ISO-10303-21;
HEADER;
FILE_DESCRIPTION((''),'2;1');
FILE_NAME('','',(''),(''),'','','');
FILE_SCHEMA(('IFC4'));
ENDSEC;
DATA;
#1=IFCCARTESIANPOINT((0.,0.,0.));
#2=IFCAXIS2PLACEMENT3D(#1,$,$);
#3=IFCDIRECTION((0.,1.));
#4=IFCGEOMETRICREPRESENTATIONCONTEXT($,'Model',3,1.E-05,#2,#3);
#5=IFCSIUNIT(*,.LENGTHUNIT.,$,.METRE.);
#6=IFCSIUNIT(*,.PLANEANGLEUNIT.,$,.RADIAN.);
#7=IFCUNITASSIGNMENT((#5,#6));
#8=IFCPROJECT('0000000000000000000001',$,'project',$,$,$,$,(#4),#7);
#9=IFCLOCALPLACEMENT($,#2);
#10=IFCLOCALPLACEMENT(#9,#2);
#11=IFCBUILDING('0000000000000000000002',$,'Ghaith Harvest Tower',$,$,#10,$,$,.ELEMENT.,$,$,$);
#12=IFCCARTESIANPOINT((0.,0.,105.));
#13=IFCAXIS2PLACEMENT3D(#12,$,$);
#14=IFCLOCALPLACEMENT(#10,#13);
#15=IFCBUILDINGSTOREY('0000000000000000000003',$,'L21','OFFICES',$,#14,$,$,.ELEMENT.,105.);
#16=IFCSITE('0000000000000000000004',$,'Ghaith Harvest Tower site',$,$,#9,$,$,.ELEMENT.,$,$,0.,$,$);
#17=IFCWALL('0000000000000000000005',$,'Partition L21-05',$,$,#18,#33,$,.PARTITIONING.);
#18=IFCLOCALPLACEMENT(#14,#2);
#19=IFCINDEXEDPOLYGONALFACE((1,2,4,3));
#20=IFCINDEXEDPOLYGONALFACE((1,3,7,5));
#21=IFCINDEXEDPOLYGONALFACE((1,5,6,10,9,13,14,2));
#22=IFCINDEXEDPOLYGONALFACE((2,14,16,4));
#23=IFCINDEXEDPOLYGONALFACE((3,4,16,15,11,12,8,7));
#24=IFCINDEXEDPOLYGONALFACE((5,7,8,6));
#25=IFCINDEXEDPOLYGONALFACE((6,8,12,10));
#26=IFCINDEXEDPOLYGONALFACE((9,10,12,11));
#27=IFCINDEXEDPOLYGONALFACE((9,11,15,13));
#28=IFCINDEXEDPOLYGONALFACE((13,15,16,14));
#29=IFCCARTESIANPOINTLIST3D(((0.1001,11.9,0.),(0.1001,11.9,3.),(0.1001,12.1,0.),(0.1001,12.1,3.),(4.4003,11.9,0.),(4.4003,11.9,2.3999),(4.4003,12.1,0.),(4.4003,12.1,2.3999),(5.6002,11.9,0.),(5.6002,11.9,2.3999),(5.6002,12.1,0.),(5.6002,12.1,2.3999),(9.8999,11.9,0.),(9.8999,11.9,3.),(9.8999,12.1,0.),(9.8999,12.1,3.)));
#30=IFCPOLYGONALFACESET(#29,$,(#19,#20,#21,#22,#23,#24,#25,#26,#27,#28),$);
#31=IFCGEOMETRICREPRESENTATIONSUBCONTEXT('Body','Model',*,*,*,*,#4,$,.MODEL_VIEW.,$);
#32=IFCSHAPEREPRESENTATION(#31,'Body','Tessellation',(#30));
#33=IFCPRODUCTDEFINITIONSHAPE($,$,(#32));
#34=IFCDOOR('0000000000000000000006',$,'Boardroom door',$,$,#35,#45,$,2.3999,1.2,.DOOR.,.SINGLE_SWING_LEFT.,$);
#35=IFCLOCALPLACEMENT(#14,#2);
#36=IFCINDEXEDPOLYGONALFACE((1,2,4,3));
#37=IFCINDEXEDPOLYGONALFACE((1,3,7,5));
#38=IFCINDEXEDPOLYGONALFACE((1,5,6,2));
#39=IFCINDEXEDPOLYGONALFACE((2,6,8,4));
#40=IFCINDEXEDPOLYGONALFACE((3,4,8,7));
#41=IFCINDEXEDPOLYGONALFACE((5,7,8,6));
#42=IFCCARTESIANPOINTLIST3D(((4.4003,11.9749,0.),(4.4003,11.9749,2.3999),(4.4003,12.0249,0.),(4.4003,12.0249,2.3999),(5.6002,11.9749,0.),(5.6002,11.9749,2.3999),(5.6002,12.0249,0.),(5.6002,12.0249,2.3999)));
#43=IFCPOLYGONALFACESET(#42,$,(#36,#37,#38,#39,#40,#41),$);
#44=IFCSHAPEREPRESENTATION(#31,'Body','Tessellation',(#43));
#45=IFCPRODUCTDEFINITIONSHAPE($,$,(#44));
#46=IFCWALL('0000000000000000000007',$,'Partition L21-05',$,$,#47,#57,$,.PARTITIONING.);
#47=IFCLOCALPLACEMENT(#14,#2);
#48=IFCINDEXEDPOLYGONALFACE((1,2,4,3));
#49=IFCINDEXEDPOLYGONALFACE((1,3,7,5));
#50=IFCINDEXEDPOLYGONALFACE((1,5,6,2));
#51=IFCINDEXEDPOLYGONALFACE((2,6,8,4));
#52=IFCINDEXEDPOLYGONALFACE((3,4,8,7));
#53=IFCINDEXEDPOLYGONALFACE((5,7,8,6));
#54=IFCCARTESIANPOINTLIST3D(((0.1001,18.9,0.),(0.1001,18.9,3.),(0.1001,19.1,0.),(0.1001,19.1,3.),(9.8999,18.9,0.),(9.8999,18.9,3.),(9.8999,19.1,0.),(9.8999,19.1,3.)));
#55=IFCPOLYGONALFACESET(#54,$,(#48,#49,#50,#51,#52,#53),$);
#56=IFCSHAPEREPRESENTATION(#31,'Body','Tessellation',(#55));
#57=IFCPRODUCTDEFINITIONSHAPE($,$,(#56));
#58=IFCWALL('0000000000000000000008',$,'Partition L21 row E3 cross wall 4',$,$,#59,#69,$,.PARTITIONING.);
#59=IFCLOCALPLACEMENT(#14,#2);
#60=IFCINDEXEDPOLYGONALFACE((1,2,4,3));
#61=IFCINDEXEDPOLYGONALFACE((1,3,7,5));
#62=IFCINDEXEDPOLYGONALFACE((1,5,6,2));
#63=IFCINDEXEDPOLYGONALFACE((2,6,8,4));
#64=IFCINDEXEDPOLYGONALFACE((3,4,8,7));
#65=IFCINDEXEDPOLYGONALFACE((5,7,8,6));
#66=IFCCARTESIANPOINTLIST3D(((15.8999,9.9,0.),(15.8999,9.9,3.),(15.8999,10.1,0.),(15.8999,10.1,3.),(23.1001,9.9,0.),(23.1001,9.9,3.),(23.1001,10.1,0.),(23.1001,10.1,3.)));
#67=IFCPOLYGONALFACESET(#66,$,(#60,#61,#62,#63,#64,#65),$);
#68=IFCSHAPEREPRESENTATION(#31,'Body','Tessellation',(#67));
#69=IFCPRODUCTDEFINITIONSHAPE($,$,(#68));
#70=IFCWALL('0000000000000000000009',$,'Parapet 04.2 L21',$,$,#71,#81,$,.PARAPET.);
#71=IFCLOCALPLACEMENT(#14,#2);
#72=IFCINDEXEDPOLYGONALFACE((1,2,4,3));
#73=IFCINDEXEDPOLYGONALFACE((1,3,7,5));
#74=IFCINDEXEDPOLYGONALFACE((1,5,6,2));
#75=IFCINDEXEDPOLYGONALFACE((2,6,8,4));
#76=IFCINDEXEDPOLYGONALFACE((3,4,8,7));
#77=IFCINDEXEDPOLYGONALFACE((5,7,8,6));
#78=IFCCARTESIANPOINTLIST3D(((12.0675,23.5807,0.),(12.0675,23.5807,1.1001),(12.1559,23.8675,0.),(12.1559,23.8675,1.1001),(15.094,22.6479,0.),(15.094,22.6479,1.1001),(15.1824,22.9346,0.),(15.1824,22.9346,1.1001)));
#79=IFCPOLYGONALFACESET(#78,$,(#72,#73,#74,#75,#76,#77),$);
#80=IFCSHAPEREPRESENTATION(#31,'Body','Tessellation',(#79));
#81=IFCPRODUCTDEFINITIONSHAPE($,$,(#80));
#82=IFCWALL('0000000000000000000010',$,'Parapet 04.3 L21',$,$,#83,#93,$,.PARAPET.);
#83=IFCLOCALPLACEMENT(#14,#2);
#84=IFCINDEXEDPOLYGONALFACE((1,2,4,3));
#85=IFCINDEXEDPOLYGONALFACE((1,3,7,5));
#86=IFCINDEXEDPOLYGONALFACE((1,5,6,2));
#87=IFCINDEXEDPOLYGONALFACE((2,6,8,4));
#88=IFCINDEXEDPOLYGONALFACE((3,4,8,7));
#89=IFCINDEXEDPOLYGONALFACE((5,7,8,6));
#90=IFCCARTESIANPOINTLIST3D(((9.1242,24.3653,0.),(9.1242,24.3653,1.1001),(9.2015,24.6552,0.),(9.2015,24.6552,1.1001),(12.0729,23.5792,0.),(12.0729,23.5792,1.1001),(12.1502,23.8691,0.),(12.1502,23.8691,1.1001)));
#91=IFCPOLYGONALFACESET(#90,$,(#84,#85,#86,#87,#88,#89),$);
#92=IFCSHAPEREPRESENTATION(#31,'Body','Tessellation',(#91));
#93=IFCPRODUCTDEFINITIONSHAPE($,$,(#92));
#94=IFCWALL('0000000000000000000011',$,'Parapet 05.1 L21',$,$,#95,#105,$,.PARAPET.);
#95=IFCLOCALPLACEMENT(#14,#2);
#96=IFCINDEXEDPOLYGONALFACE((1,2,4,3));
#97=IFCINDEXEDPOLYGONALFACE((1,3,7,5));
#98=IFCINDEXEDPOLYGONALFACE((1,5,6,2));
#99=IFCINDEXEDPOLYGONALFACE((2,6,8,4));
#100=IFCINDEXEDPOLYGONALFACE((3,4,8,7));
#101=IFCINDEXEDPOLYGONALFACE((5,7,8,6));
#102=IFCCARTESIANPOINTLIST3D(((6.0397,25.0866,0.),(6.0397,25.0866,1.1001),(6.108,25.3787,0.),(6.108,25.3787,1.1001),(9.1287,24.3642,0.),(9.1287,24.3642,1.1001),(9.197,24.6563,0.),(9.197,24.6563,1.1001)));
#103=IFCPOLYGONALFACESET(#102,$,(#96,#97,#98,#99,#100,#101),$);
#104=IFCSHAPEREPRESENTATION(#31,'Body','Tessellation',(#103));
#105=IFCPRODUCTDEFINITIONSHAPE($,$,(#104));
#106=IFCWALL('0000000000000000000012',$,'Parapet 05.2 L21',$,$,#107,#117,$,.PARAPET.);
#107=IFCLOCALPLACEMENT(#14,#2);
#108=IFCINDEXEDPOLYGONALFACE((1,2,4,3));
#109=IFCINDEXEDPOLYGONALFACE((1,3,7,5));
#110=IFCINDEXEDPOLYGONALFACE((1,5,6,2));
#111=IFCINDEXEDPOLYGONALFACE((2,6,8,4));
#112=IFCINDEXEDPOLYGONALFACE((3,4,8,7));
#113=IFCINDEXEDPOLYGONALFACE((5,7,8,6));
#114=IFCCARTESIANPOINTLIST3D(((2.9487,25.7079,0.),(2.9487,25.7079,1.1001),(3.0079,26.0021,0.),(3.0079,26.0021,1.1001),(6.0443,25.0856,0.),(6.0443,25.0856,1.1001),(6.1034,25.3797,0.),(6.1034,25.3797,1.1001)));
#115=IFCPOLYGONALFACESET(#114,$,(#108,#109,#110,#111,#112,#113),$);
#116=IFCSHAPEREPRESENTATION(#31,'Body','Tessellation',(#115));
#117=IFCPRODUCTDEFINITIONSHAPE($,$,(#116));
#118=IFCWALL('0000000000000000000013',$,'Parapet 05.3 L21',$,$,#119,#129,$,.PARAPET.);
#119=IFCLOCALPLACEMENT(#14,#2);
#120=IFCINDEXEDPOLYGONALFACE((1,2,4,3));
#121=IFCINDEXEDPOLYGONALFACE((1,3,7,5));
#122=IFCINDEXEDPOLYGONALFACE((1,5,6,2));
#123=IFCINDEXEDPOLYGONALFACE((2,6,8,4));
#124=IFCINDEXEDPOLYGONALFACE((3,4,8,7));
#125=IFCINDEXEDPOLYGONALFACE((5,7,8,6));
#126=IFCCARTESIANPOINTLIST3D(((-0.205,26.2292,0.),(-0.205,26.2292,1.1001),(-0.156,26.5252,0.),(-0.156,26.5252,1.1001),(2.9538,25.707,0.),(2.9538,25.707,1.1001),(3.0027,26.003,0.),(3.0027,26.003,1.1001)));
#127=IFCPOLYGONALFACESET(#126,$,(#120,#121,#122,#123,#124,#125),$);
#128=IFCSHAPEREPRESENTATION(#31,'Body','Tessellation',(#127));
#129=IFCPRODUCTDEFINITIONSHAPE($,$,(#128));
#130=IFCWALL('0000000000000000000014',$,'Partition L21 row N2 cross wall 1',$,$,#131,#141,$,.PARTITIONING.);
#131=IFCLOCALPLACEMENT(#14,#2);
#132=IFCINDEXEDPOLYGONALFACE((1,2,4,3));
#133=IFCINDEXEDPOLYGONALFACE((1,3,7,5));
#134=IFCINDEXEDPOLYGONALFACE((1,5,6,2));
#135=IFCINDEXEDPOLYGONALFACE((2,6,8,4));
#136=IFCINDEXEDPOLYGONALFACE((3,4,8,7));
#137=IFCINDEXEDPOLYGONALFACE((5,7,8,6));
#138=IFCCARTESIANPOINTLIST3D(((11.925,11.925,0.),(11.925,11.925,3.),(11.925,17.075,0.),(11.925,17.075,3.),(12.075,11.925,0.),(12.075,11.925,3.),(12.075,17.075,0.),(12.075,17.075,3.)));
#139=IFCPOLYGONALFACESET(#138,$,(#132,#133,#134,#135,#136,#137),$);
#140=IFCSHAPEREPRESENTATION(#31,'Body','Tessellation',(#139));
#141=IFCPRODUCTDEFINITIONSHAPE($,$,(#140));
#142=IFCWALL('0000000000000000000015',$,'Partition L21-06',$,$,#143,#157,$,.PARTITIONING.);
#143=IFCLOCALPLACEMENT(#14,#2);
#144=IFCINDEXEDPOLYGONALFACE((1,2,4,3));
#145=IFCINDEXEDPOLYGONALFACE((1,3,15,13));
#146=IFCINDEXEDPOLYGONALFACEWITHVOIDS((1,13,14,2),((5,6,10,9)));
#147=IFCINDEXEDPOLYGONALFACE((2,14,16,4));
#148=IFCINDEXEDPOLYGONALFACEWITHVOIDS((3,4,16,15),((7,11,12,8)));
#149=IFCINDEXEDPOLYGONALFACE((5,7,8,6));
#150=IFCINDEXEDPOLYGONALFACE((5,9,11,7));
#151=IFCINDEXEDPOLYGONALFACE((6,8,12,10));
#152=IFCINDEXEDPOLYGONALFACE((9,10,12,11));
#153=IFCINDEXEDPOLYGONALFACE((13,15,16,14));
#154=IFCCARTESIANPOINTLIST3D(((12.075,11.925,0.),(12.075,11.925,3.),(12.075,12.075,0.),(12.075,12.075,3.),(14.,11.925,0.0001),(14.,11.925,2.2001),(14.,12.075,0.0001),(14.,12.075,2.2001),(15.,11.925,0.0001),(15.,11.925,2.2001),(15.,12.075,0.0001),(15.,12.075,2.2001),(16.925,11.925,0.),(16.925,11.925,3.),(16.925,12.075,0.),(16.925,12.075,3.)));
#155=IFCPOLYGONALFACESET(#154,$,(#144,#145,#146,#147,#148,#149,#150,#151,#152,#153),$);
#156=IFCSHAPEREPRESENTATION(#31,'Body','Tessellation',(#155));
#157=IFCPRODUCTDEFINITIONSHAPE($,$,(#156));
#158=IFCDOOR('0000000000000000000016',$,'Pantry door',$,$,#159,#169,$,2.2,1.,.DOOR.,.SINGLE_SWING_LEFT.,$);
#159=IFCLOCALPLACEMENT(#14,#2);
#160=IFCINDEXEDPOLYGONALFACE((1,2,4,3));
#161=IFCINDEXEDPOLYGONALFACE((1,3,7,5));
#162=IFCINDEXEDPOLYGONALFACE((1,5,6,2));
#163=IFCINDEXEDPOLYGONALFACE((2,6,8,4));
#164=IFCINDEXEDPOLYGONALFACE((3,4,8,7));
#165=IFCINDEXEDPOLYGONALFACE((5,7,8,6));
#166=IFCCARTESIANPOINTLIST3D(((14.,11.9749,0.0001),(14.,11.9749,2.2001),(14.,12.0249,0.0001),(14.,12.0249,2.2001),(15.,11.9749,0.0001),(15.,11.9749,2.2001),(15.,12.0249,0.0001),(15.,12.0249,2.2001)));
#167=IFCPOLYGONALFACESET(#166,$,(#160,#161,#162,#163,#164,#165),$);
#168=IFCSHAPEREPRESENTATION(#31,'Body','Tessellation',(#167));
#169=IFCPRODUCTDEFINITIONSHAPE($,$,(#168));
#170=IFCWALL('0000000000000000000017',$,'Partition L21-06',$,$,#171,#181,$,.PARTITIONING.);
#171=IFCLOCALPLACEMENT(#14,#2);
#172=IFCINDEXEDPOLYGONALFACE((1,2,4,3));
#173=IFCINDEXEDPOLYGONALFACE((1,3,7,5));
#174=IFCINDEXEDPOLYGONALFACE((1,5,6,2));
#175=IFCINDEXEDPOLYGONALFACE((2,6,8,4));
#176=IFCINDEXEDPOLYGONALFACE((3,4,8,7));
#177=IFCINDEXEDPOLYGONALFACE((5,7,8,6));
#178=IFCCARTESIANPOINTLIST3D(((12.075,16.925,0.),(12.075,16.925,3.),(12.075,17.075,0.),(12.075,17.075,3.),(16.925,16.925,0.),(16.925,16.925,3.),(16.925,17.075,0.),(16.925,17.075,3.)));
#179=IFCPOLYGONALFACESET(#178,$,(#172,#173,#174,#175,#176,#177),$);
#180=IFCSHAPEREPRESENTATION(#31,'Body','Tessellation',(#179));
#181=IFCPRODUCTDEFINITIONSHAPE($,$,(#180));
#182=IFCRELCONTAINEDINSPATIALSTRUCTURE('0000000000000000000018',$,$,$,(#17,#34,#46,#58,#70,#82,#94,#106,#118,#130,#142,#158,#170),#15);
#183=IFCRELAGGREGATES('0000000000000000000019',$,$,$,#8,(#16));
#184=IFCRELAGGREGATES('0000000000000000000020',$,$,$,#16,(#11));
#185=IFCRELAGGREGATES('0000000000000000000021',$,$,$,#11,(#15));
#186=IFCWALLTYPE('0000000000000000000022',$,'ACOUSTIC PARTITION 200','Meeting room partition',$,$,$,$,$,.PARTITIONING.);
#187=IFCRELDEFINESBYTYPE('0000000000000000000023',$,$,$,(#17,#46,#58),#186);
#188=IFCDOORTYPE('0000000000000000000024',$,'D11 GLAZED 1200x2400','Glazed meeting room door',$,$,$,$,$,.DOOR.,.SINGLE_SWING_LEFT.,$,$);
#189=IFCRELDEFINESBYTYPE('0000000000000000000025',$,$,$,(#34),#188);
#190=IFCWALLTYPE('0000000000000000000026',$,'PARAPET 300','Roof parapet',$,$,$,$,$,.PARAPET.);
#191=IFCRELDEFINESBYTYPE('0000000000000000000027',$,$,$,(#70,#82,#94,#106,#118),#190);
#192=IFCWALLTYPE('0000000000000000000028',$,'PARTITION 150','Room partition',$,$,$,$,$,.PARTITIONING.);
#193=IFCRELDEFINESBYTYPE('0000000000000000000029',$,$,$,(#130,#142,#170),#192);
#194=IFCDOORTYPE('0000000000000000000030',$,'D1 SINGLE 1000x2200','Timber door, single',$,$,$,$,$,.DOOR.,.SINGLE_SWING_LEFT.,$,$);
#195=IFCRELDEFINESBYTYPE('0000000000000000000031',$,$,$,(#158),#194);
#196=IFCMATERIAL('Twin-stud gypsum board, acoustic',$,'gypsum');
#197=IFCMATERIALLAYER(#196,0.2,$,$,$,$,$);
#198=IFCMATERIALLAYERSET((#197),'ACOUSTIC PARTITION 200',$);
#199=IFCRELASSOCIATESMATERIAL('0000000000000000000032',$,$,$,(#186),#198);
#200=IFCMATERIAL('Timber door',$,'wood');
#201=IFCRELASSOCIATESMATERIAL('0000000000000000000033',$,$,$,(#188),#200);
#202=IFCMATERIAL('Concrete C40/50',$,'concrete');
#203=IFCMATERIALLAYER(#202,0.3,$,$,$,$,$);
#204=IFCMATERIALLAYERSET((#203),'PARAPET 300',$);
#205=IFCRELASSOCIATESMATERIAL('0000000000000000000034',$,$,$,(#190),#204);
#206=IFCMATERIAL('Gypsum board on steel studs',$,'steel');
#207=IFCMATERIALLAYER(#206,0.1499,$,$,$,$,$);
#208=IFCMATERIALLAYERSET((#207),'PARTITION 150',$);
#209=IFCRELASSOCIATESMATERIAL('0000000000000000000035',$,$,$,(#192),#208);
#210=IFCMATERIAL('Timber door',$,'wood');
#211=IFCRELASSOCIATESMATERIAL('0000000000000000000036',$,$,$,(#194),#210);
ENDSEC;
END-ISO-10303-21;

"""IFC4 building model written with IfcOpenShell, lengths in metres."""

from ifc_helpers import new_model, si_unit, direction, frame, frame_2d, origin, place, context, subcontext, project, spatial, rectangle, extrude, material, layer, layer_set, type_object, element, fill, save


model = new_model("IFC4")

# Units and contexts
model_context = context("Model", 3, precision=1e-05, world=origin(), true_north=direction((0.0, 1.0)))
body_context = subcontext(model_context, "Body", "Model", "MODEL_VIEW")
ifc_project = project(units=[si_unit("LENGTHUNIT", "METRE"), si_unit("PLANEANGLEUNIT", "RADIAN")], contexts=[model_context])

# Site, building, storey
site_placement = place(None, origin())
site = spatial("IfcSite", under=ifc_project, at=site_placement, Name="Ghaith Harvest Tower site", CompositionType="ELEMENT", RefElevation=0.0)
building_placement = place(site_placement, origin())
building = spatial("IfcBuilding", under=site, at=building_placement, Name="Ghaith Harvest Tower", CompositionType="ELEMENT")
storey_placement = place(building_placement, frame((0.0, 0.0, 105.0)))
storey = spatial("IfcBuildingStorey", under=building, at=storey_placement, Name="L21", Description="OFFICES", CompositionType="ELEMENT", Elevation=105.0)

# Shared definitions
ifc_material_1 = material(Name="Twin-stud gypsum board, acoustic", Category="gypsum")
ifc_layer_1 = layer(ifc_material_1, 0.2)
ifc_layer_set_1 = layer_set([ifc_layer_1], Name="ACOUSTIC PARTITION 200")
wall_type_1 = type_object("IfcWallType", Name="ACOUSTIC PARTITION 200", Description="Meeting room partition", PredefinedType="PARTITIONING", material=ifc_layer_set_1)

# Wall, opening, door
wall_1_placement = place(storey_placement, frame((0.1001, 12.0, 0.0), z_axis=(0.0, 0.0, 1.0), x_axis=(1.0, 0.0, 0.0)))
wall_1 = element("IfcWall", 1, at=wall_1_placement, inside=storey, type_object=wall_type_1, Name="Partition L21-05", PredefinedType="PARTITIONING", context=body_context, shape_type="SweptSolid", body=[
    extrude(rectangle(XDim=9.7998, YDim=0.2, at=frame_2d((4.8999, 0.0))), origin(), (0.0, 0.0, 1.0), 3.0),
])
opening_1_placement = place(wall_1_placement, frame((4.3, 0.0, 0.0)))
opening_1 = element("IfcOpeningElement", 2, at=opening_1_placement, cuts=wall_1, PredefinedType="OPENING", context=body_context, shape_type="SweptSolid", body=[
    extrude(rectangle(XDim=1.2, YDim=2.3999, at=frame_2d((0.6001, 1.2))), frame((0.0, 0.1099, 0.0), z_axis=(0.0, -1.0, 0.0), x_axis=(1.0, 0.0, 0.0)), (0.0, 0.0, 1.0), 0.22),
])
ifc_material_2 = material(Name="Timber door", Category="wood")
door_type_1 = type_object("IfcDoorType", Name="D11 GLAZED 1200x2400", Description="Glazed meeting room door", OperationType="SINGLE_SWING_LEFT", PredefinedType="DOOR", material=ifc_material_2)
door_1_placement = place(opening_1_placement, origin())
door_1 = element("IfcDoor", 3, at=door_1_placement, inside=storey, type_object=door_type_1, Name="Boardroom door", OperationType="SINGLE_SWING_LEFT", OverallHeight=2.3999, OverallWidth=1.2, PredefinedType="DOOR", context=body_context, shape_type="SweptSolid", body=[
    extrude(rectangle(XDim=1.2, YDim=2.3999, at=frame_2d((0.6001, 1.2))), frame((0.0, 0.0249, 0.0), z_axis=(0.0, -1.0, 0.0), x_axis=(1.0, 0.0, 0.0)), (0.0, 0.0, 1.0), 0.05),
])
fill(opening_1, door_1)

# Walls
wall_2_placement = place(storey_placement, frame((0.1001, 19.0, 0.0), z_axis=(0.0, 0.0, 1.0), x_axis=(1.0, 0.0, 0.0)))
element("IfcWall", 4, at=wall_2_placement, inside=storey, type_object=wall_type_1, Name="Partition L21-05", PredefinedType="PARTITIONING", context=body_context, shape_type="SweptSolid", body=[
    extrude(rectangle(XDim=9.7998, YDim=0.2, at=frame_2d((4.8999, 0.0))), origin(), (0.0, 0.0, 1.0), 3.0),
])
wall_3_placement = place(storey_placement, frame((15.8999, 10.0, 0.0), z_axis=(0.0, 0.0, 1.0), x_axis=(1.0, 0.0, 0.0)))
element("IfcWall", 5, at=wall_3_placement, inside=storey, type_object=wall_type_1, Name="Partition L21 row E3 cross wall 4", PredefinedType="PARTITIONING", context=body_context, shape_type="SweptSolid", body=[
    extrude(rectangle(XDim=7.2002, YDim=0.2, at=frame_2d((3.6001, 0.0))), origin(), (0.0, 0.0, 1.0), 3.0),
])
ifc_material_3 = material(Name="Concrete C40/50", Category="concrete")
ifc_layer_2 = layer(ifc_material_3, 0.3)
ifc_layer_set_2 = layer_set([ifc_layer_2], Name="PARAPET 300")
wall_type_2 = type_object("IfcWallType", Name="PARAPET 300", Description="Roof parapet", PredefinedType="PARAPET", material=ifc_layer_set_2)
wall_4_placement = place(storey_placement, frame((15.1382, 22.7913, 0.0), z_axis=(0.0, 0.0, 1.0), x_axis=(-0.955637, 0.294546, 0.0)))
element("IfcWall", 6, at=wall_4_placement, inside=storey, type_object=wall_type_2, Name="Parapet 04.2 L21", PredefinedType="PARAPET", context=body_context, shape_type="SweptSolid", body=[
    extrude(rectangle(XDim=3.167, YDim=0.3, at=frame_2d((1.5835, 0.0))), origin(), (0.0, 0.0, 1.0), 1.1001),
])
wall_5_placement = place(storey_placement, frame((12.1116, 23.7241, 0.0), z_axis=(0.0, 0.0, 1.0), x_axis=(-0.966251, 0.257603, 0.0)))
element("IfcWall", 7, at=wall_5_placement, inside=storey, type_object=wall_type_2, Name="Parapet 04.3 L21", PredefinedType="PARAPET", context=body_context, shape_type="SweptSolid", body=[
    extrude(rectangle(XDim=3.0518, YDim=0.3, at=frame_2d((1.5259, 0.0))), origin(), (0.0, 0.0, 1.0), 1.1001),
])
wall_6_placement = place(storey_placement, frame((9.1628, 24.5103, 0.0), z_axis=(0.0, 0.0, 1.0), x_axis=(-0.973728, 0.227714, 0.0)))
element("IfcWall", 8, at=wall_6_placement, inside=storey, type_object=wall_type_2, Name="Parapet 05.1 L21", PredefinedType="PARAPET", context=body_context, shape_type="SweptSolid", body=[
    extrude(rectangle(XDim=3.1724, YDim=0.3, at=frame_2d((1.5862, 0.0))), origin(), (0.0, 0.0, 1.0), 1.1001),
])
wall_7_placement = place(storey_placement, frame((6.0737, 25.2327, 0.0), z_axis=(0.0, 0.0, 1.0), x_axis=(-0.980384, 0.197097, 0.0)))
element("IfcWall", 9, at=wall_7_placement, inside=storey, type_object=wall_type_2, Name="Parapet 05.2 L21", PredefinedType="PARAPET", context=body_context, shape_type="SweptSolid", body=[
    extrude(rectangle(XDim=3.1575, YDim=0.3, at=frame_2d((1.5786, 0.0))), origin(), (0.0, 0.0, 1.0), 1.1001),
])
wall_8_placement = place(storey_placement, frame((2.9783, 25.855, 0.0), z_axis=(0.0, 0.0, 1.0), x_axis=(-0.986607, 0.163113, 0.0)))
element("IfcWall", 10, at=wall_8_placement, inside=storey, type_object=wall_type_2, Name="Parapet 05.3 L21", PredefinedType="PARAPET", context=body_context, shape_type="SweptSolid", body=[
    extrude(rectangle(XDim=3.2017, YDim=0.3, at=frame_2d((1.6008, 0.0))), origin(), (0.0, 0.0, 1.0), 1.1001),
])
ifc_material_4 = material(Name="Gypsum board on steel studs", Category="steel")
ifc_layer_3 = layer(ifc_material_4, 0.1499)
ifc_layer_set_3 = layer_set([ifc_layer_3], Name="PARTITION 150")
wall_type_3 = type_object("IfcWallType", Name="PARTITION 150", Description="Room partition", PredefinedType="PARTITIONING", material=ifc_layer_set_3)
wall_9_placement = place(storey_placement, frame((12.0, 11.925, 0.0), z_axis=(0.0, 0.0, 1.0), x_axis=(0.0, 1.0, 0.0)))
element("IfcWall", 11, at=wall_9_placement, inside=storey, type_object=wall_type_3, Name="Partition L21 row N2 cross wall 1", PredefinedType="PARTITIONING", context=body_context, shape_type="SweptSolid", body=[
    extrude(rectangle(XDim=5.1499, YDim=0.1499, at=frame_2d((2.575, 0.0))), origin(), (0.0, 0.0, 1.0), 3.0),
])

# Wall, opening, door
wall_10_placement = place(storey_placement, frame((12.075, 12.0, 0.0), z_axis=(0.0, 0.0, 1.0), x_axis=(1.0, 0.0, 0.0)))
wall_10 = element("IfcWall", 12, at=wall_10_placement, inside=storey, type_object=wall_type_3, Name="Partition L21-06", PredefinedType="PARTITIONING", context=body_context, shape_type="SweptSolid", body=[
    extrude(rectangle(XDim=4.8501, YDim=0.1499, at=frame_2d((2.425, 0.0))), origin(), (0.0, 0.0, 1.0), 3.0),
])
opening_2_placement = place(wall_10_placement, frame((1.925, 0.0, 0.0)))
opening_2 = element("IfcOpeningElement", 13, at=opening_2_placement, cuts=wall_10, PredefinedType="OPENING", context=body_context, shape_type="SweptSolid", body=[
    extrude(rectangle(XDim=1.0, YDim=2.2, at=frame_2d((0.5, 1.1001))), frame((0.0, 0.085, 0.0), z_axis=(0.0, -1.0, 0.0), x_axis=(1.0, 0.0, 0.0)), (0.0, 0.0, 1.0), 0.1699),
])
ifc_material_5 = material(Name="Timber door", Category="wood")
door_type_2 = type_object("IfcDoorType", Name="D1 SINGLE 1000x2200", Description="Timber door, single", OperationType="SINGLE_SWING_LEFT", PredefinedType="DOOR", material=ifc_material_5)
door_2_placement = place(opening_2_placement, origin())
door_2 = element("IfcDoor", 14, at=door_2_placement, inside=storey, type_object=door_type_2, Name="Pantry door", OperationType="SINGLE_SWING_LEFT", OverallHeight=2.2, OverallWidth=1.0, PredefinedType="DOOR", context=body_context, shape_type="SweptSolid", body=[
    extrude(rectangle(XDim=1.0, YDim=2.2, at=frame_2d((0.5, 1.1001))), frame((0.0, 0.0249, 0.0), z_axis=(0.0, -1.0, 0.0), x_axis=(1.0, 0.0, 0.0)), (0.0, 0.0, 1.0), 0.05),
])
fill(opening_2, door_2)

# Wall
wall_11_placement = place(storey_placement, frame((12.075, 17.0, 0.0), z_axis=(0.0, 0.0, 1.0), x_axis=(1.0, 0.0, 0.0)))
element("IfcWall", 15, at=wall_11_placement, inside=storey, type_object=wall_type_3, Name="Partition L21-06", PredefinedType="PARTITIONING", context=body_context, shape_type="SweptSolid", body=[
    extrude(rectangle(XDim=4.8501, YDim=0.1499, at=frame_2d((2.425, 0.0))), origin(), (0.0, 0.0, 1.0), 3.0),
])

save(model, "model.ifc")
